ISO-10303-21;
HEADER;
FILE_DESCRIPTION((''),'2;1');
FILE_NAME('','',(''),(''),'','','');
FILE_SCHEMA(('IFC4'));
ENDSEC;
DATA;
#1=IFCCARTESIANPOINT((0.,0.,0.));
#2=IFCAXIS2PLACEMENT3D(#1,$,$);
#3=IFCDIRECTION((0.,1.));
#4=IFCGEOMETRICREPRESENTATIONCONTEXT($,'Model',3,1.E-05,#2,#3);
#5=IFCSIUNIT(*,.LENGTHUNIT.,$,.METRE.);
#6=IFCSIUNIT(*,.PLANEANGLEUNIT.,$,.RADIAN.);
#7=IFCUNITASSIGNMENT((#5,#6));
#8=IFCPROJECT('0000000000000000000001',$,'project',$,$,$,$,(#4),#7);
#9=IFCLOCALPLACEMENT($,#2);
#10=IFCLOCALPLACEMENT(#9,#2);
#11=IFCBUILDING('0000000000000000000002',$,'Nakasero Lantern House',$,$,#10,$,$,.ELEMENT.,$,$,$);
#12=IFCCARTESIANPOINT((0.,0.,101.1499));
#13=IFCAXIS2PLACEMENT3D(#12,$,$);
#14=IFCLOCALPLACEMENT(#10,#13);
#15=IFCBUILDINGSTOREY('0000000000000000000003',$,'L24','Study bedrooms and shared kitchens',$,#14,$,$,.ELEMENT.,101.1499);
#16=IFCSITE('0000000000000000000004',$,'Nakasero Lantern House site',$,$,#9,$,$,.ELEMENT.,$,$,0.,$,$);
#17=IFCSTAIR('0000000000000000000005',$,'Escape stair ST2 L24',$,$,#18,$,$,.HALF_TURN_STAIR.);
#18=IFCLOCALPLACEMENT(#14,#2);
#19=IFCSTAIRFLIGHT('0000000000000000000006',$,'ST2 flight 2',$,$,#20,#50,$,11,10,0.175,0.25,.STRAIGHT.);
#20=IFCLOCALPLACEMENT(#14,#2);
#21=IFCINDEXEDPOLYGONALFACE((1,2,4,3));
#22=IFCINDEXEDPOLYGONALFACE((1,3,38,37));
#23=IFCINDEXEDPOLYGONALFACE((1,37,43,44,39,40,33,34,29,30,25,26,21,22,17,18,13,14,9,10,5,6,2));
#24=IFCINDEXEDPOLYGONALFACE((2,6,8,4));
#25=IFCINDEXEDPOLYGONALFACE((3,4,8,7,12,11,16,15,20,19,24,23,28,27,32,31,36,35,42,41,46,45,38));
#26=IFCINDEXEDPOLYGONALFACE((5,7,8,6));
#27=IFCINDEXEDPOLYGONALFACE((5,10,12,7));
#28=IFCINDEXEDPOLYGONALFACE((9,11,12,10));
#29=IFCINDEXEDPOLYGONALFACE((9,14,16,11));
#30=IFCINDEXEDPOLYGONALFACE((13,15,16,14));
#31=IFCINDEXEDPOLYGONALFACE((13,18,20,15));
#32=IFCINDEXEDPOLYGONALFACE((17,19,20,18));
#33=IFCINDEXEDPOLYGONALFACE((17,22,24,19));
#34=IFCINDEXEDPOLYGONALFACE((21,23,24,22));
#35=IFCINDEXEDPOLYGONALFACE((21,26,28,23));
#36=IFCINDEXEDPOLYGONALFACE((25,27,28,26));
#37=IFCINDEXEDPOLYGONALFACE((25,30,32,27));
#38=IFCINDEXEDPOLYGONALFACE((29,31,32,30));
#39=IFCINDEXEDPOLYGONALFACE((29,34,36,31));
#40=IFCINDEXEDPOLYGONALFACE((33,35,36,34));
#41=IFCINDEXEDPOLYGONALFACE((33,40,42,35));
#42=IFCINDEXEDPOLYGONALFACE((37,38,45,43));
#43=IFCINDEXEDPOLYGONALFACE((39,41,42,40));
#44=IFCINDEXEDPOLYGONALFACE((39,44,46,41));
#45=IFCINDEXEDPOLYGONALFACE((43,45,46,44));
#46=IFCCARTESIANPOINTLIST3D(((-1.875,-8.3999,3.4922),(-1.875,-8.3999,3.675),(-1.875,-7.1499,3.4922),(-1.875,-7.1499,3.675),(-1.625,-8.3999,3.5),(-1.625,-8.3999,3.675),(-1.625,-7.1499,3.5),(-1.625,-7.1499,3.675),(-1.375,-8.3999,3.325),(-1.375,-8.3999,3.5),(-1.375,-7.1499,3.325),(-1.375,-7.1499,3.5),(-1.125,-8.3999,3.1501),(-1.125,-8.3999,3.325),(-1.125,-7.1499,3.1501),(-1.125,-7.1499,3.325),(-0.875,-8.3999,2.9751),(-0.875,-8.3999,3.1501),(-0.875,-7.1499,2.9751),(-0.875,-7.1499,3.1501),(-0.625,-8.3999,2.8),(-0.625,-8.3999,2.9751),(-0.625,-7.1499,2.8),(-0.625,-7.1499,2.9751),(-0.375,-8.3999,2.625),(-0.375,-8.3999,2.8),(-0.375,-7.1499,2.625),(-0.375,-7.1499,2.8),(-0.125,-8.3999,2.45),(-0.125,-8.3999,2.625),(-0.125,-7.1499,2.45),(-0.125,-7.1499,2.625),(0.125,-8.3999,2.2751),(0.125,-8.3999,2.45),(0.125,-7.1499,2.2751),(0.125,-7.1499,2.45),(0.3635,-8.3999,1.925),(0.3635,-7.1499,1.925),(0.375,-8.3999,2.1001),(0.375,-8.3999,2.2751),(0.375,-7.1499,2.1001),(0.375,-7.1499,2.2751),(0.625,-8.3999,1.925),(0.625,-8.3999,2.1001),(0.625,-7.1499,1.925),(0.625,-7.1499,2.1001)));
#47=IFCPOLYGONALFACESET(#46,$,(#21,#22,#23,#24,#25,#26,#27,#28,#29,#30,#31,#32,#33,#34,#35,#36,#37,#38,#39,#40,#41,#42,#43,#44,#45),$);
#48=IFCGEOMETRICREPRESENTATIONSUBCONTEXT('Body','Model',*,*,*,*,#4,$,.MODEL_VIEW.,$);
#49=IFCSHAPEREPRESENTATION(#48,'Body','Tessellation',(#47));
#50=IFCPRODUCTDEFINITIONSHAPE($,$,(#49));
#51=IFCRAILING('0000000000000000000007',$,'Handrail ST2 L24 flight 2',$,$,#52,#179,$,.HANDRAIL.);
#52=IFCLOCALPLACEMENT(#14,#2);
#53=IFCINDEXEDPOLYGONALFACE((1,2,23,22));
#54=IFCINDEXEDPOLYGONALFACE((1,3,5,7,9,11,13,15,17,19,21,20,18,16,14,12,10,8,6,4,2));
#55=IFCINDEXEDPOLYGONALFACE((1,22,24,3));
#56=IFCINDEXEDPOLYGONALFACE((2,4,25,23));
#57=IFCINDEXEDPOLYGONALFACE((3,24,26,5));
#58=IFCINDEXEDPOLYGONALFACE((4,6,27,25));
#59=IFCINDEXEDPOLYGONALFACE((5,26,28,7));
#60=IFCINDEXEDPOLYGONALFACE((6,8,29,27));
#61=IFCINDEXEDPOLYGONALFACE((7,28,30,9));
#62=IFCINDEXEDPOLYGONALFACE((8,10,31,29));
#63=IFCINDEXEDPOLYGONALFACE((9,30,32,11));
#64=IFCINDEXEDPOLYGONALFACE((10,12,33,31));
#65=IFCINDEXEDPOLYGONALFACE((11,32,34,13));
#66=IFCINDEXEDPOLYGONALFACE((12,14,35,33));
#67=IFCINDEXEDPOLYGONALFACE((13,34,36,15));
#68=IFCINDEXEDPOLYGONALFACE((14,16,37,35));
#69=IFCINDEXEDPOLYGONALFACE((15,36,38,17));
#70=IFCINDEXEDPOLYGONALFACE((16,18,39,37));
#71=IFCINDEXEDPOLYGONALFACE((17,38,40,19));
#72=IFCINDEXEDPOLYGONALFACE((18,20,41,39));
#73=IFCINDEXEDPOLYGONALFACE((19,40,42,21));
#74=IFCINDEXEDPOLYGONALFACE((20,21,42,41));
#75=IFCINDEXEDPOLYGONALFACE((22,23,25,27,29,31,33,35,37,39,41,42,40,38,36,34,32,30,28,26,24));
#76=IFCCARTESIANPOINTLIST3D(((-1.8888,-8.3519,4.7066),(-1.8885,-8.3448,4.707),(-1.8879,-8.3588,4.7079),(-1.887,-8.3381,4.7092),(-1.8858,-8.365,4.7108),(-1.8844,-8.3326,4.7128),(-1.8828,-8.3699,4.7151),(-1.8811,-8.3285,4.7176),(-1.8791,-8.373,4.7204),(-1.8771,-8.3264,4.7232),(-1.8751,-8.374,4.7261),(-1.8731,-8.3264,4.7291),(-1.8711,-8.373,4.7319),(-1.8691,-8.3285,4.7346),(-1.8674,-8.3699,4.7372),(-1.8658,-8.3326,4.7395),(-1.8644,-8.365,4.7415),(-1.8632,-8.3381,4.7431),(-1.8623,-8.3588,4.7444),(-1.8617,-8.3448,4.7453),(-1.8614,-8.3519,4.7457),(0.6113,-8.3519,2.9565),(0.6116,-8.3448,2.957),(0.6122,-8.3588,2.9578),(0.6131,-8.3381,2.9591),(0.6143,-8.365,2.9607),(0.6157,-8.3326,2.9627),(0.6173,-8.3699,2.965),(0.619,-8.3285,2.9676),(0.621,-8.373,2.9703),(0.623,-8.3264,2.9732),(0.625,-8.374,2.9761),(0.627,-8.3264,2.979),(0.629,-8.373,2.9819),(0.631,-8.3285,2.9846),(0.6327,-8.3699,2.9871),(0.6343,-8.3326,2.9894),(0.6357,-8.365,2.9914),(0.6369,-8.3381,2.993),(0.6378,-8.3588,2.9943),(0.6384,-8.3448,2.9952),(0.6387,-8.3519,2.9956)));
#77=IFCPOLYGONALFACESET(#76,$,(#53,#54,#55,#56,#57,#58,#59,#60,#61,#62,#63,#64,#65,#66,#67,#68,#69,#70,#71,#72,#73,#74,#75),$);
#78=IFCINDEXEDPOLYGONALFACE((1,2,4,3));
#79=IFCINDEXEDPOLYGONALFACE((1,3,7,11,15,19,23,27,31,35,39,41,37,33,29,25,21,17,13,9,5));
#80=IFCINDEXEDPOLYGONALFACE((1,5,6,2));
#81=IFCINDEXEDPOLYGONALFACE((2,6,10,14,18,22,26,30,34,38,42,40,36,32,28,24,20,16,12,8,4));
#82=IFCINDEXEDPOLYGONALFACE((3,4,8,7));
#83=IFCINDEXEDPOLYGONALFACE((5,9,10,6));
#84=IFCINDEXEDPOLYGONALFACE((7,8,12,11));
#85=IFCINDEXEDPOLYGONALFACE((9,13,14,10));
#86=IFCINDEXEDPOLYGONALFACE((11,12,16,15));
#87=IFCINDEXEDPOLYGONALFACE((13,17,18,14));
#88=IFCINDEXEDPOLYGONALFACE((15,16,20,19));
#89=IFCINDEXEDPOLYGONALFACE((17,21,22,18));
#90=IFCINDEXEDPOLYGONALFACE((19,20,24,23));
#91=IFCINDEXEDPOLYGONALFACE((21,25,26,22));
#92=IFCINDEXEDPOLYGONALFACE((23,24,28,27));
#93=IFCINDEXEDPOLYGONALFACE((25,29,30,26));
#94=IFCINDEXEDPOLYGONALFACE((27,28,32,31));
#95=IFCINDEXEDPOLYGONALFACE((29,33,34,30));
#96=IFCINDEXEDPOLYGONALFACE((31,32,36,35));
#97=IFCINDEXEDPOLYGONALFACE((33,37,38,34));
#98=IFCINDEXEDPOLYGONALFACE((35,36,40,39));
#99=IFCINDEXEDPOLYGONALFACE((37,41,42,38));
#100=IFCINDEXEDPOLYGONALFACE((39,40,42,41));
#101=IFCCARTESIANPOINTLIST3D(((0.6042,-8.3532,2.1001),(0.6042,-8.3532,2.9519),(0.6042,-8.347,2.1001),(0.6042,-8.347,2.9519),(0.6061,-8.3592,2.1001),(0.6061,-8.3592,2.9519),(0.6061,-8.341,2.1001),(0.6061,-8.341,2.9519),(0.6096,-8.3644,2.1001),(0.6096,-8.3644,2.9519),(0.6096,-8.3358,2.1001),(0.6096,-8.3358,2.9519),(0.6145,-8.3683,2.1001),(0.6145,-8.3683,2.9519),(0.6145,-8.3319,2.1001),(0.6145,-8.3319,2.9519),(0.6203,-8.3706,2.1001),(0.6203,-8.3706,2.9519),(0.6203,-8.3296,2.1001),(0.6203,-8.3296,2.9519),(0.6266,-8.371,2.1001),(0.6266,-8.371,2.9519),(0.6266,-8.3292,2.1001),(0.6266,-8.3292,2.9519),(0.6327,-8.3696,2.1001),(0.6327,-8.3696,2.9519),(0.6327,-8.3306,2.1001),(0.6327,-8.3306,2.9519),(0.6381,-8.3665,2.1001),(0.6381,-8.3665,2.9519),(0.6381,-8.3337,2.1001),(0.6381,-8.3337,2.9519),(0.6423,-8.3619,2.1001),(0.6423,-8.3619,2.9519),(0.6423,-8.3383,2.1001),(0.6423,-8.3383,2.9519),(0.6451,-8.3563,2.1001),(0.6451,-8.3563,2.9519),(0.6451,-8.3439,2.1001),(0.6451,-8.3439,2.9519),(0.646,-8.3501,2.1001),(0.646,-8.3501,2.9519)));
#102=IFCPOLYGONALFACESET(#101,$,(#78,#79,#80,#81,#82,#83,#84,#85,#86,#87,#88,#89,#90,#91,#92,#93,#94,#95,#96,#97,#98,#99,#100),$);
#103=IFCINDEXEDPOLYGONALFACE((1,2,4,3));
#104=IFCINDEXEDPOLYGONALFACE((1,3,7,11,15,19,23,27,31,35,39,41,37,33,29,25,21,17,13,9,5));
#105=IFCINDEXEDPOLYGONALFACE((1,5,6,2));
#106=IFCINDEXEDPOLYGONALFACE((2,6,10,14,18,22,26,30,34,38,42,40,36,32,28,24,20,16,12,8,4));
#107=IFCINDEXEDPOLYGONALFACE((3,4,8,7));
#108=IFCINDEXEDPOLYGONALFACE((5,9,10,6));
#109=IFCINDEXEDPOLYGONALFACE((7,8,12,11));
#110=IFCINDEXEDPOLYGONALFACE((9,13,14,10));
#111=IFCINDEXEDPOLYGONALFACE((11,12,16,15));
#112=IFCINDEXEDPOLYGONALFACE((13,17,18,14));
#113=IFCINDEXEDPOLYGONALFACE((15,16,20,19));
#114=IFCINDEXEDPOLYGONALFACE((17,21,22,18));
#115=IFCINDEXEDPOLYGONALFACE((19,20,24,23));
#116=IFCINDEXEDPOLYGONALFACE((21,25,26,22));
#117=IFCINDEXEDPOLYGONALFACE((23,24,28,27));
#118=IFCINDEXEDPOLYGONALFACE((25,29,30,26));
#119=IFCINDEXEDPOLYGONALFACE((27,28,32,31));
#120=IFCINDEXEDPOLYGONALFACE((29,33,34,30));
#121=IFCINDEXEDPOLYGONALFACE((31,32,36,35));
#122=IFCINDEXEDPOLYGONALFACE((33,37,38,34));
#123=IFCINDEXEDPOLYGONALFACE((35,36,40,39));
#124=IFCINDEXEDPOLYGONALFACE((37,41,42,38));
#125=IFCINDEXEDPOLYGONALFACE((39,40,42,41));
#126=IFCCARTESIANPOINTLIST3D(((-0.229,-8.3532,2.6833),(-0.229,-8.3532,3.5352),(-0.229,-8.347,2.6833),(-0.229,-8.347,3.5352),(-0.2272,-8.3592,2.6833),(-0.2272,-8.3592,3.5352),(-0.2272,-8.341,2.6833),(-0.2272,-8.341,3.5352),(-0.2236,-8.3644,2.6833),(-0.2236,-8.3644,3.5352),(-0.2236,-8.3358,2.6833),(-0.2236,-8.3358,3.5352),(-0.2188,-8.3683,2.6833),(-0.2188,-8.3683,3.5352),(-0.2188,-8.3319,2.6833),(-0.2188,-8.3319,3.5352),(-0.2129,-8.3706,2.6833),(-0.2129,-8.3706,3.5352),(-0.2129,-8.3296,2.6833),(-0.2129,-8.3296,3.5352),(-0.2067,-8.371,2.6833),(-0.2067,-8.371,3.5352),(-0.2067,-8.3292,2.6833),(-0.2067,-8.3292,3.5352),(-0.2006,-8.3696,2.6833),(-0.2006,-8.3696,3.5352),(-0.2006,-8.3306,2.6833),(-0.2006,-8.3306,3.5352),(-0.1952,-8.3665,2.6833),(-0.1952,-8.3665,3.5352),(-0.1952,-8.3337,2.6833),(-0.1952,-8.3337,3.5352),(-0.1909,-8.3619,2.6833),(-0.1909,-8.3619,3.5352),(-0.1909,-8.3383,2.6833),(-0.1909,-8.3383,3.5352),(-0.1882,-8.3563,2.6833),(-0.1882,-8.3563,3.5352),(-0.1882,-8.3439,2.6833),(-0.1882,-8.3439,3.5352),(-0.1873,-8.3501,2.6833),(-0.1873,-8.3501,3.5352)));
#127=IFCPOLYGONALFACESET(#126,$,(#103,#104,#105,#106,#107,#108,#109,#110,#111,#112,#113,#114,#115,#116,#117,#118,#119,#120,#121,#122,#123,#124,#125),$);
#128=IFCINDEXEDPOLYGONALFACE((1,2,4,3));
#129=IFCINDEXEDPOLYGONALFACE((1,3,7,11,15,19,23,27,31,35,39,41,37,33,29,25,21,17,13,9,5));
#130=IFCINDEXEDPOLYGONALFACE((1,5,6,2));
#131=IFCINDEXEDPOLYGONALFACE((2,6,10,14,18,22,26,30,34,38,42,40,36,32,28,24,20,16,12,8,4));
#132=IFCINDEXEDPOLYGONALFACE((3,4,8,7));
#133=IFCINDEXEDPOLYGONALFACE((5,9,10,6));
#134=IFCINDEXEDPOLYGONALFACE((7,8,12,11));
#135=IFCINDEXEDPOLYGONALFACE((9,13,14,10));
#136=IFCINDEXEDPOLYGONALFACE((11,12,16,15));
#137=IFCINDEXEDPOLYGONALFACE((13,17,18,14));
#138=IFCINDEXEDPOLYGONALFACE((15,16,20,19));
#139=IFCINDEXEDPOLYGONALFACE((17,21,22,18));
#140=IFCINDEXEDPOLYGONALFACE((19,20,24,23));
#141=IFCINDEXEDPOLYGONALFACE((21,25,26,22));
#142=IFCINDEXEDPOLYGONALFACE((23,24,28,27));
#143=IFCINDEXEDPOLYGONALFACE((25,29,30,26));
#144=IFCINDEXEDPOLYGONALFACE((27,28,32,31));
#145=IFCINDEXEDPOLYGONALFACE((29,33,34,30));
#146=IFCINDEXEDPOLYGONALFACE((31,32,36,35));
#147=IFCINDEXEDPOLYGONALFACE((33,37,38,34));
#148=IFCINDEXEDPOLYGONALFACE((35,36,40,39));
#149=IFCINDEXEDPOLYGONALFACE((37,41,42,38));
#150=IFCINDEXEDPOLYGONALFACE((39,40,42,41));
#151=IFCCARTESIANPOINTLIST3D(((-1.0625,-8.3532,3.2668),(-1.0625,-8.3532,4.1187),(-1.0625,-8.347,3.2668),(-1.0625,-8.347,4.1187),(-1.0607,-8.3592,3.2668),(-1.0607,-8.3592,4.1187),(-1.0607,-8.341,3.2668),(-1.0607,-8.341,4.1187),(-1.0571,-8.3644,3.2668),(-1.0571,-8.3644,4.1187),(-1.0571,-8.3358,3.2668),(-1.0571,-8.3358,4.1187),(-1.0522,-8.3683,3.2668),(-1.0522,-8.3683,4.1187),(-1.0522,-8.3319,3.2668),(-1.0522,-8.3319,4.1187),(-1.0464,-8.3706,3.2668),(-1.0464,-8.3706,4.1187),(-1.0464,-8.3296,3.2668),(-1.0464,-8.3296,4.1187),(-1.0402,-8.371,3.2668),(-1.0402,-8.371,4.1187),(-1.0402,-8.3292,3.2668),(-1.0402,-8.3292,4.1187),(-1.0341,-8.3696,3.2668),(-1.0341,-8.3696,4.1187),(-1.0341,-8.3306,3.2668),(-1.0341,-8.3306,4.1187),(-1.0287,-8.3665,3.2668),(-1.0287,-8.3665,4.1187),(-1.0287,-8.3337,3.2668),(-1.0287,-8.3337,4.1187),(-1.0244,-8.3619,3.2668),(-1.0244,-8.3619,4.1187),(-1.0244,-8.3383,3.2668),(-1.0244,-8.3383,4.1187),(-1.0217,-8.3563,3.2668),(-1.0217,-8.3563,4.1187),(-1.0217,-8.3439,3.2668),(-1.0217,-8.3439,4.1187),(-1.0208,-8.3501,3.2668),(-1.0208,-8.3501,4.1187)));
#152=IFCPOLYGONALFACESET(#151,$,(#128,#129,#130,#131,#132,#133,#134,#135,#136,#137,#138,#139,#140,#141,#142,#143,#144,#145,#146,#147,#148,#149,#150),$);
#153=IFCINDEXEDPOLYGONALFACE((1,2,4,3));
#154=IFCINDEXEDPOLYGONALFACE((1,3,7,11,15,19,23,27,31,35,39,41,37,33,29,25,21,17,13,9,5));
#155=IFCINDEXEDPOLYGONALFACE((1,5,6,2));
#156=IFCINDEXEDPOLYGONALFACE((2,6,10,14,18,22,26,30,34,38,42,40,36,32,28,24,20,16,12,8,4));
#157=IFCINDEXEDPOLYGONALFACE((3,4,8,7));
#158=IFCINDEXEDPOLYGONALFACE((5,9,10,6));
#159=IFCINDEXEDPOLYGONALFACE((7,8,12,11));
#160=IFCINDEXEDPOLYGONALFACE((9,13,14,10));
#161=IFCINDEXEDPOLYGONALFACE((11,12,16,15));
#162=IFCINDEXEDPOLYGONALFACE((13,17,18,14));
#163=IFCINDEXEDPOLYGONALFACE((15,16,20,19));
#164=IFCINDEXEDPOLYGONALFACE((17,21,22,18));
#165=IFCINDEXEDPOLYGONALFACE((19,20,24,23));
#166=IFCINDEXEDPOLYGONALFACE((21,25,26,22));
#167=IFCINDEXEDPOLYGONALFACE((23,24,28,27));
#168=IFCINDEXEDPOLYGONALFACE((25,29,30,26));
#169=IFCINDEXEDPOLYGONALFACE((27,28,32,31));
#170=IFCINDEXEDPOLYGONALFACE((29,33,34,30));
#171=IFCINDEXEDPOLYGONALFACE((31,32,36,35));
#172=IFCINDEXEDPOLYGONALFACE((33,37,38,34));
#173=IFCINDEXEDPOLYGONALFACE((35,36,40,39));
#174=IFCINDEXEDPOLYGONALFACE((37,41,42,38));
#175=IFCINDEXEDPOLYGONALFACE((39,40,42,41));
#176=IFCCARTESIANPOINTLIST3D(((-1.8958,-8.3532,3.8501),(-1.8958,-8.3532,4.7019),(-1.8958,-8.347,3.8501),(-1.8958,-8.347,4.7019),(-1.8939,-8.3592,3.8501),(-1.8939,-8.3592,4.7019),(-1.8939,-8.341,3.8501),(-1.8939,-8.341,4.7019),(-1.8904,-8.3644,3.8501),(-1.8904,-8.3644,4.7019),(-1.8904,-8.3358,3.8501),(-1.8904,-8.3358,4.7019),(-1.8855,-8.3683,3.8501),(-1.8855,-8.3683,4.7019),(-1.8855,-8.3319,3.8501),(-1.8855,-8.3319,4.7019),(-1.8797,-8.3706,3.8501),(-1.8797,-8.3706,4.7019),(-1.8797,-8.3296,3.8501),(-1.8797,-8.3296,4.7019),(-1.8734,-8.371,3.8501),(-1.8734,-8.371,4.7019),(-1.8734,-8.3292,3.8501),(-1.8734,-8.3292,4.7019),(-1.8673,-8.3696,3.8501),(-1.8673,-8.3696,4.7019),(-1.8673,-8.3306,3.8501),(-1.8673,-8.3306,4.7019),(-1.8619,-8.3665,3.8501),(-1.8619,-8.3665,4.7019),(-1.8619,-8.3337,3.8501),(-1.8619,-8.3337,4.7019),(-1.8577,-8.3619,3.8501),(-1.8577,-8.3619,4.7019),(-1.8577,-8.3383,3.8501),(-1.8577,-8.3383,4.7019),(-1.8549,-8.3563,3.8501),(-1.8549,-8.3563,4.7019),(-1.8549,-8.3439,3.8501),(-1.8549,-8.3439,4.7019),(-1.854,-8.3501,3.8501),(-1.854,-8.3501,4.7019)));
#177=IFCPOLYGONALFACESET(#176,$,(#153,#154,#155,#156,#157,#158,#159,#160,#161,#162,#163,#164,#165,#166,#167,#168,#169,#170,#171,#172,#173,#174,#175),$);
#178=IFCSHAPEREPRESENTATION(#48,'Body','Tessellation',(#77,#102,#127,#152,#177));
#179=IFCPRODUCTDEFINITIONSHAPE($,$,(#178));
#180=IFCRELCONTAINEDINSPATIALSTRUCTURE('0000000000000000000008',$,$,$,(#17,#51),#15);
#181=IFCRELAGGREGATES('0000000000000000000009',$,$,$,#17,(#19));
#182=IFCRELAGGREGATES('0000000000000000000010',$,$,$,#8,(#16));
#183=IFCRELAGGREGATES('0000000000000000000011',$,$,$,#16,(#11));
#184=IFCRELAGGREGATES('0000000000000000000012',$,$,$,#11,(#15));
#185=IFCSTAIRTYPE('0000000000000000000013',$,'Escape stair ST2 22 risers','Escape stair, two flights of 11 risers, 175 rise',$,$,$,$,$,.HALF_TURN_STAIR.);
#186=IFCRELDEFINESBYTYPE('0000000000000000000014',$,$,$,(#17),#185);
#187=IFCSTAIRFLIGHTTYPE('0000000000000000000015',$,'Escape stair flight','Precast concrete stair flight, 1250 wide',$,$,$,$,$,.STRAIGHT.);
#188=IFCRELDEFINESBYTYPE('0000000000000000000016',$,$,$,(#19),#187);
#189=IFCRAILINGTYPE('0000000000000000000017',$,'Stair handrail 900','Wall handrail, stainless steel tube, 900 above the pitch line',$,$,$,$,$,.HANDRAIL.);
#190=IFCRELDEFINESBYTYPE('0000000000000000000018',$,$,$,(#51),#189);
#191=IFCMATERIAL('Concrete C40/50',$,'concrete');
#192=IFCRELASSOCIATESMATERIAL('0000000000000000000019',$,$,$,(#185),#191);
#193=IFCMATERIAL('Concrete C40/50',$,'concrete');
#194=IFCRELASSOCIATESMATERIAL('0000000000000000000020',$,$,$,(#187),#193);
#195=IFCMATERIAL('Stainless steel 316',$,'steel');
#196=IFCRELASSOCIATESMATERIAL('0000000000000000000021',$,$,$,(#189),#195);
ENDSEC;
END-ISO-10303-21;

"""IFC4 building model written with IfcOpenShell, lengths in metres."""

from ifc_helpers import new_model, si_unit, direction, frame, origin, origin_2d, place, context, subcontext, project, spatial, polyline, circle, outline, extrude, material, type_object, element, aggregate, save


model = new_model("IFC4")

# Units and contexts
model_context = context("Model", 3, precision=1e-05, world=origin(), true_north=direction((0.0, 1.0)))
body_context = subcontext(model_context, "Body", "Model", "MODEL_VIEW")
ifc_project = project(units=[si_unit("LENGTHUNIT", "METRE"), si_unit("PLANEANGLEUNIT", "RADIAN")], contexts=[model_context])

# Site, building, storey
site_placement = place(None, origin())
site = spatial("IfcSite", under=ifc_project, at=site_placement, Name="Nakasero Lantern House site", CompositionType="ELEMENT", RefElevation=0.0)
building_placement = place(site_placement, origin())
building = spatial("IfcBuilding", under=site, at=building_placement, Name="Nakasero Lantern House", CompositionType="ELEMENT")
storey_placement = place(building_placement, frame((0.0, 0.0, 101.1499)))
storey = spatial("IfcBuildingStorey", under=building, at=storey_placement, Name="L24", Description="Study bedrooms and shared kitchens", CompositionType="ELEMENT", Elevation=101.1499)

# Stair, stair flight
ifc_material_1 = material(Name="Concrete C40/50", Category="concrete")
stair_type_1 = type_object("IfcStairType", Name="Escape stair ST2 22 risers", Description="Escape stair, two flights of 11 risers, 175 rise", PredefinedType="HALF_TURN_STAIR", material=ifc_material_1)
stair_1_placement = place(storey_placement, origin())
stair_1 = element("IfcStair", 1, at=stair_1_placement, inside=storey, type_object=stair_type_1, Name="Escape stair ST2 L24", PredefinedType="HALF_TURN_STAIR")
ifc_material_2 = material(Name="Concrete C40/50", Category="concrete")
stair_flight_type = type_object("IfcStairFlightType", Name="Escape stair flight", Description="Precast concrete stair flight, 1250 wide", PredefinedType="STRAIGHT", material=ifc_material_2)
stair_flight_placement = place(storey_placement, frame((0.625, -7.7749, 1.925), z_axis=(0.0, 0.0, 1.0), x_axis=(-1.0, 0.0, 0.0)))
stair_flight = element("IfcStairFlight", 2, at=stair_flight_placement, type_object=stair_flight_type, Name="ST2 flight 2", NumberOfRisers=11, NumberOfTreads=10, PredefinedType="STRAIGHT", RiserHeight=0.175, TreadLength=0.25, context=body_context, shape_type="SweptSolid", body=[
    extrude(outline(polyline([(0.0, 0.0), (0.0, 0.175), (0.25, 0.175), (0.25, 0.3501), (0.5, 0.3501), (0.5, 0.5249), (0.75, 0.5249), (0.75, 0.7), (1.0, 0.7), (1.0, 0.875), (1.25, 0.875), (1.25, 1.05), (1.5, 1.05), (1.5, 1.2251), (1.75, 1.2251), (1.75, 1.3999), (2.0, 1.3999), (2.0, 1.575), (2.25, 1.575), (2.25, 1.75), (2.5, 1.75), (2.5, 1.925), (2.5, 1.5671), (0.2615, 0.0), (0.0, 0.0)])), frame((0.0, 0.625, 0.0), z_axis=(0.0, -1.0, 0.0), x_axis=(1.0, 0.0, 0.0)), (0.0, 0.0, 1.0), 1.25),
])
aggregate(stair_1, [stair_flight])

# Railing
ifc_material_3 = material(Name="Stainless steel 316", Category="steel")
railing_type = type_object("IfcRailingType", Name="Stair handrail 900", Description="Wall handrail, stainless steel tube, 900 above the pitch line", PredefinedType="HANDRAIL", material=ifc_material_3)
railing_placement = place(storey_placement, frame((0.625, -8.3501, 2.1001)))
element("IfcRailing", 3, at=railing_placement, inside=storey, type_object=railing_type, Name="Handrail ST2 L24 flight 2", PredefinedType="HANDRAIL", context=body_context, shape_type="SweptSolid", body=[
    extrude(circle(Radius=0.0239, at=origin_2d()), frame((0.0, 0.0, 0.876), z_axis=(-0.819232, 0.0, 0.573462), x_axis=(0.0, -1.0, 0.0)), (0.0, 0.0, 1.0), 3.0518),
    extrude(circle(Radius=0.021, at=origin_2d()), origin(), (0.0, 0.0, 1.0), 0.8518),
    extrude(circle(Radius=0.021, at=origin_2d()), frame((-0.8333, 0.0, 0.5833)), (0.0, 0.0, 1.0), 0.8518),
    extrude(circle(Radius=0.021, at=origin_2d()), frame((-1.6667, 0.0, 1.1667)), (0.0, 0.0, 1.0), 0.8518),
    extrude(circle(Radius=0.021, at=origin_2d()), frame((-2.5, 0.0, 1.75)), (0.0, 0.0, 1.0), 0.8518),
])

save(model, "model.ifc")
